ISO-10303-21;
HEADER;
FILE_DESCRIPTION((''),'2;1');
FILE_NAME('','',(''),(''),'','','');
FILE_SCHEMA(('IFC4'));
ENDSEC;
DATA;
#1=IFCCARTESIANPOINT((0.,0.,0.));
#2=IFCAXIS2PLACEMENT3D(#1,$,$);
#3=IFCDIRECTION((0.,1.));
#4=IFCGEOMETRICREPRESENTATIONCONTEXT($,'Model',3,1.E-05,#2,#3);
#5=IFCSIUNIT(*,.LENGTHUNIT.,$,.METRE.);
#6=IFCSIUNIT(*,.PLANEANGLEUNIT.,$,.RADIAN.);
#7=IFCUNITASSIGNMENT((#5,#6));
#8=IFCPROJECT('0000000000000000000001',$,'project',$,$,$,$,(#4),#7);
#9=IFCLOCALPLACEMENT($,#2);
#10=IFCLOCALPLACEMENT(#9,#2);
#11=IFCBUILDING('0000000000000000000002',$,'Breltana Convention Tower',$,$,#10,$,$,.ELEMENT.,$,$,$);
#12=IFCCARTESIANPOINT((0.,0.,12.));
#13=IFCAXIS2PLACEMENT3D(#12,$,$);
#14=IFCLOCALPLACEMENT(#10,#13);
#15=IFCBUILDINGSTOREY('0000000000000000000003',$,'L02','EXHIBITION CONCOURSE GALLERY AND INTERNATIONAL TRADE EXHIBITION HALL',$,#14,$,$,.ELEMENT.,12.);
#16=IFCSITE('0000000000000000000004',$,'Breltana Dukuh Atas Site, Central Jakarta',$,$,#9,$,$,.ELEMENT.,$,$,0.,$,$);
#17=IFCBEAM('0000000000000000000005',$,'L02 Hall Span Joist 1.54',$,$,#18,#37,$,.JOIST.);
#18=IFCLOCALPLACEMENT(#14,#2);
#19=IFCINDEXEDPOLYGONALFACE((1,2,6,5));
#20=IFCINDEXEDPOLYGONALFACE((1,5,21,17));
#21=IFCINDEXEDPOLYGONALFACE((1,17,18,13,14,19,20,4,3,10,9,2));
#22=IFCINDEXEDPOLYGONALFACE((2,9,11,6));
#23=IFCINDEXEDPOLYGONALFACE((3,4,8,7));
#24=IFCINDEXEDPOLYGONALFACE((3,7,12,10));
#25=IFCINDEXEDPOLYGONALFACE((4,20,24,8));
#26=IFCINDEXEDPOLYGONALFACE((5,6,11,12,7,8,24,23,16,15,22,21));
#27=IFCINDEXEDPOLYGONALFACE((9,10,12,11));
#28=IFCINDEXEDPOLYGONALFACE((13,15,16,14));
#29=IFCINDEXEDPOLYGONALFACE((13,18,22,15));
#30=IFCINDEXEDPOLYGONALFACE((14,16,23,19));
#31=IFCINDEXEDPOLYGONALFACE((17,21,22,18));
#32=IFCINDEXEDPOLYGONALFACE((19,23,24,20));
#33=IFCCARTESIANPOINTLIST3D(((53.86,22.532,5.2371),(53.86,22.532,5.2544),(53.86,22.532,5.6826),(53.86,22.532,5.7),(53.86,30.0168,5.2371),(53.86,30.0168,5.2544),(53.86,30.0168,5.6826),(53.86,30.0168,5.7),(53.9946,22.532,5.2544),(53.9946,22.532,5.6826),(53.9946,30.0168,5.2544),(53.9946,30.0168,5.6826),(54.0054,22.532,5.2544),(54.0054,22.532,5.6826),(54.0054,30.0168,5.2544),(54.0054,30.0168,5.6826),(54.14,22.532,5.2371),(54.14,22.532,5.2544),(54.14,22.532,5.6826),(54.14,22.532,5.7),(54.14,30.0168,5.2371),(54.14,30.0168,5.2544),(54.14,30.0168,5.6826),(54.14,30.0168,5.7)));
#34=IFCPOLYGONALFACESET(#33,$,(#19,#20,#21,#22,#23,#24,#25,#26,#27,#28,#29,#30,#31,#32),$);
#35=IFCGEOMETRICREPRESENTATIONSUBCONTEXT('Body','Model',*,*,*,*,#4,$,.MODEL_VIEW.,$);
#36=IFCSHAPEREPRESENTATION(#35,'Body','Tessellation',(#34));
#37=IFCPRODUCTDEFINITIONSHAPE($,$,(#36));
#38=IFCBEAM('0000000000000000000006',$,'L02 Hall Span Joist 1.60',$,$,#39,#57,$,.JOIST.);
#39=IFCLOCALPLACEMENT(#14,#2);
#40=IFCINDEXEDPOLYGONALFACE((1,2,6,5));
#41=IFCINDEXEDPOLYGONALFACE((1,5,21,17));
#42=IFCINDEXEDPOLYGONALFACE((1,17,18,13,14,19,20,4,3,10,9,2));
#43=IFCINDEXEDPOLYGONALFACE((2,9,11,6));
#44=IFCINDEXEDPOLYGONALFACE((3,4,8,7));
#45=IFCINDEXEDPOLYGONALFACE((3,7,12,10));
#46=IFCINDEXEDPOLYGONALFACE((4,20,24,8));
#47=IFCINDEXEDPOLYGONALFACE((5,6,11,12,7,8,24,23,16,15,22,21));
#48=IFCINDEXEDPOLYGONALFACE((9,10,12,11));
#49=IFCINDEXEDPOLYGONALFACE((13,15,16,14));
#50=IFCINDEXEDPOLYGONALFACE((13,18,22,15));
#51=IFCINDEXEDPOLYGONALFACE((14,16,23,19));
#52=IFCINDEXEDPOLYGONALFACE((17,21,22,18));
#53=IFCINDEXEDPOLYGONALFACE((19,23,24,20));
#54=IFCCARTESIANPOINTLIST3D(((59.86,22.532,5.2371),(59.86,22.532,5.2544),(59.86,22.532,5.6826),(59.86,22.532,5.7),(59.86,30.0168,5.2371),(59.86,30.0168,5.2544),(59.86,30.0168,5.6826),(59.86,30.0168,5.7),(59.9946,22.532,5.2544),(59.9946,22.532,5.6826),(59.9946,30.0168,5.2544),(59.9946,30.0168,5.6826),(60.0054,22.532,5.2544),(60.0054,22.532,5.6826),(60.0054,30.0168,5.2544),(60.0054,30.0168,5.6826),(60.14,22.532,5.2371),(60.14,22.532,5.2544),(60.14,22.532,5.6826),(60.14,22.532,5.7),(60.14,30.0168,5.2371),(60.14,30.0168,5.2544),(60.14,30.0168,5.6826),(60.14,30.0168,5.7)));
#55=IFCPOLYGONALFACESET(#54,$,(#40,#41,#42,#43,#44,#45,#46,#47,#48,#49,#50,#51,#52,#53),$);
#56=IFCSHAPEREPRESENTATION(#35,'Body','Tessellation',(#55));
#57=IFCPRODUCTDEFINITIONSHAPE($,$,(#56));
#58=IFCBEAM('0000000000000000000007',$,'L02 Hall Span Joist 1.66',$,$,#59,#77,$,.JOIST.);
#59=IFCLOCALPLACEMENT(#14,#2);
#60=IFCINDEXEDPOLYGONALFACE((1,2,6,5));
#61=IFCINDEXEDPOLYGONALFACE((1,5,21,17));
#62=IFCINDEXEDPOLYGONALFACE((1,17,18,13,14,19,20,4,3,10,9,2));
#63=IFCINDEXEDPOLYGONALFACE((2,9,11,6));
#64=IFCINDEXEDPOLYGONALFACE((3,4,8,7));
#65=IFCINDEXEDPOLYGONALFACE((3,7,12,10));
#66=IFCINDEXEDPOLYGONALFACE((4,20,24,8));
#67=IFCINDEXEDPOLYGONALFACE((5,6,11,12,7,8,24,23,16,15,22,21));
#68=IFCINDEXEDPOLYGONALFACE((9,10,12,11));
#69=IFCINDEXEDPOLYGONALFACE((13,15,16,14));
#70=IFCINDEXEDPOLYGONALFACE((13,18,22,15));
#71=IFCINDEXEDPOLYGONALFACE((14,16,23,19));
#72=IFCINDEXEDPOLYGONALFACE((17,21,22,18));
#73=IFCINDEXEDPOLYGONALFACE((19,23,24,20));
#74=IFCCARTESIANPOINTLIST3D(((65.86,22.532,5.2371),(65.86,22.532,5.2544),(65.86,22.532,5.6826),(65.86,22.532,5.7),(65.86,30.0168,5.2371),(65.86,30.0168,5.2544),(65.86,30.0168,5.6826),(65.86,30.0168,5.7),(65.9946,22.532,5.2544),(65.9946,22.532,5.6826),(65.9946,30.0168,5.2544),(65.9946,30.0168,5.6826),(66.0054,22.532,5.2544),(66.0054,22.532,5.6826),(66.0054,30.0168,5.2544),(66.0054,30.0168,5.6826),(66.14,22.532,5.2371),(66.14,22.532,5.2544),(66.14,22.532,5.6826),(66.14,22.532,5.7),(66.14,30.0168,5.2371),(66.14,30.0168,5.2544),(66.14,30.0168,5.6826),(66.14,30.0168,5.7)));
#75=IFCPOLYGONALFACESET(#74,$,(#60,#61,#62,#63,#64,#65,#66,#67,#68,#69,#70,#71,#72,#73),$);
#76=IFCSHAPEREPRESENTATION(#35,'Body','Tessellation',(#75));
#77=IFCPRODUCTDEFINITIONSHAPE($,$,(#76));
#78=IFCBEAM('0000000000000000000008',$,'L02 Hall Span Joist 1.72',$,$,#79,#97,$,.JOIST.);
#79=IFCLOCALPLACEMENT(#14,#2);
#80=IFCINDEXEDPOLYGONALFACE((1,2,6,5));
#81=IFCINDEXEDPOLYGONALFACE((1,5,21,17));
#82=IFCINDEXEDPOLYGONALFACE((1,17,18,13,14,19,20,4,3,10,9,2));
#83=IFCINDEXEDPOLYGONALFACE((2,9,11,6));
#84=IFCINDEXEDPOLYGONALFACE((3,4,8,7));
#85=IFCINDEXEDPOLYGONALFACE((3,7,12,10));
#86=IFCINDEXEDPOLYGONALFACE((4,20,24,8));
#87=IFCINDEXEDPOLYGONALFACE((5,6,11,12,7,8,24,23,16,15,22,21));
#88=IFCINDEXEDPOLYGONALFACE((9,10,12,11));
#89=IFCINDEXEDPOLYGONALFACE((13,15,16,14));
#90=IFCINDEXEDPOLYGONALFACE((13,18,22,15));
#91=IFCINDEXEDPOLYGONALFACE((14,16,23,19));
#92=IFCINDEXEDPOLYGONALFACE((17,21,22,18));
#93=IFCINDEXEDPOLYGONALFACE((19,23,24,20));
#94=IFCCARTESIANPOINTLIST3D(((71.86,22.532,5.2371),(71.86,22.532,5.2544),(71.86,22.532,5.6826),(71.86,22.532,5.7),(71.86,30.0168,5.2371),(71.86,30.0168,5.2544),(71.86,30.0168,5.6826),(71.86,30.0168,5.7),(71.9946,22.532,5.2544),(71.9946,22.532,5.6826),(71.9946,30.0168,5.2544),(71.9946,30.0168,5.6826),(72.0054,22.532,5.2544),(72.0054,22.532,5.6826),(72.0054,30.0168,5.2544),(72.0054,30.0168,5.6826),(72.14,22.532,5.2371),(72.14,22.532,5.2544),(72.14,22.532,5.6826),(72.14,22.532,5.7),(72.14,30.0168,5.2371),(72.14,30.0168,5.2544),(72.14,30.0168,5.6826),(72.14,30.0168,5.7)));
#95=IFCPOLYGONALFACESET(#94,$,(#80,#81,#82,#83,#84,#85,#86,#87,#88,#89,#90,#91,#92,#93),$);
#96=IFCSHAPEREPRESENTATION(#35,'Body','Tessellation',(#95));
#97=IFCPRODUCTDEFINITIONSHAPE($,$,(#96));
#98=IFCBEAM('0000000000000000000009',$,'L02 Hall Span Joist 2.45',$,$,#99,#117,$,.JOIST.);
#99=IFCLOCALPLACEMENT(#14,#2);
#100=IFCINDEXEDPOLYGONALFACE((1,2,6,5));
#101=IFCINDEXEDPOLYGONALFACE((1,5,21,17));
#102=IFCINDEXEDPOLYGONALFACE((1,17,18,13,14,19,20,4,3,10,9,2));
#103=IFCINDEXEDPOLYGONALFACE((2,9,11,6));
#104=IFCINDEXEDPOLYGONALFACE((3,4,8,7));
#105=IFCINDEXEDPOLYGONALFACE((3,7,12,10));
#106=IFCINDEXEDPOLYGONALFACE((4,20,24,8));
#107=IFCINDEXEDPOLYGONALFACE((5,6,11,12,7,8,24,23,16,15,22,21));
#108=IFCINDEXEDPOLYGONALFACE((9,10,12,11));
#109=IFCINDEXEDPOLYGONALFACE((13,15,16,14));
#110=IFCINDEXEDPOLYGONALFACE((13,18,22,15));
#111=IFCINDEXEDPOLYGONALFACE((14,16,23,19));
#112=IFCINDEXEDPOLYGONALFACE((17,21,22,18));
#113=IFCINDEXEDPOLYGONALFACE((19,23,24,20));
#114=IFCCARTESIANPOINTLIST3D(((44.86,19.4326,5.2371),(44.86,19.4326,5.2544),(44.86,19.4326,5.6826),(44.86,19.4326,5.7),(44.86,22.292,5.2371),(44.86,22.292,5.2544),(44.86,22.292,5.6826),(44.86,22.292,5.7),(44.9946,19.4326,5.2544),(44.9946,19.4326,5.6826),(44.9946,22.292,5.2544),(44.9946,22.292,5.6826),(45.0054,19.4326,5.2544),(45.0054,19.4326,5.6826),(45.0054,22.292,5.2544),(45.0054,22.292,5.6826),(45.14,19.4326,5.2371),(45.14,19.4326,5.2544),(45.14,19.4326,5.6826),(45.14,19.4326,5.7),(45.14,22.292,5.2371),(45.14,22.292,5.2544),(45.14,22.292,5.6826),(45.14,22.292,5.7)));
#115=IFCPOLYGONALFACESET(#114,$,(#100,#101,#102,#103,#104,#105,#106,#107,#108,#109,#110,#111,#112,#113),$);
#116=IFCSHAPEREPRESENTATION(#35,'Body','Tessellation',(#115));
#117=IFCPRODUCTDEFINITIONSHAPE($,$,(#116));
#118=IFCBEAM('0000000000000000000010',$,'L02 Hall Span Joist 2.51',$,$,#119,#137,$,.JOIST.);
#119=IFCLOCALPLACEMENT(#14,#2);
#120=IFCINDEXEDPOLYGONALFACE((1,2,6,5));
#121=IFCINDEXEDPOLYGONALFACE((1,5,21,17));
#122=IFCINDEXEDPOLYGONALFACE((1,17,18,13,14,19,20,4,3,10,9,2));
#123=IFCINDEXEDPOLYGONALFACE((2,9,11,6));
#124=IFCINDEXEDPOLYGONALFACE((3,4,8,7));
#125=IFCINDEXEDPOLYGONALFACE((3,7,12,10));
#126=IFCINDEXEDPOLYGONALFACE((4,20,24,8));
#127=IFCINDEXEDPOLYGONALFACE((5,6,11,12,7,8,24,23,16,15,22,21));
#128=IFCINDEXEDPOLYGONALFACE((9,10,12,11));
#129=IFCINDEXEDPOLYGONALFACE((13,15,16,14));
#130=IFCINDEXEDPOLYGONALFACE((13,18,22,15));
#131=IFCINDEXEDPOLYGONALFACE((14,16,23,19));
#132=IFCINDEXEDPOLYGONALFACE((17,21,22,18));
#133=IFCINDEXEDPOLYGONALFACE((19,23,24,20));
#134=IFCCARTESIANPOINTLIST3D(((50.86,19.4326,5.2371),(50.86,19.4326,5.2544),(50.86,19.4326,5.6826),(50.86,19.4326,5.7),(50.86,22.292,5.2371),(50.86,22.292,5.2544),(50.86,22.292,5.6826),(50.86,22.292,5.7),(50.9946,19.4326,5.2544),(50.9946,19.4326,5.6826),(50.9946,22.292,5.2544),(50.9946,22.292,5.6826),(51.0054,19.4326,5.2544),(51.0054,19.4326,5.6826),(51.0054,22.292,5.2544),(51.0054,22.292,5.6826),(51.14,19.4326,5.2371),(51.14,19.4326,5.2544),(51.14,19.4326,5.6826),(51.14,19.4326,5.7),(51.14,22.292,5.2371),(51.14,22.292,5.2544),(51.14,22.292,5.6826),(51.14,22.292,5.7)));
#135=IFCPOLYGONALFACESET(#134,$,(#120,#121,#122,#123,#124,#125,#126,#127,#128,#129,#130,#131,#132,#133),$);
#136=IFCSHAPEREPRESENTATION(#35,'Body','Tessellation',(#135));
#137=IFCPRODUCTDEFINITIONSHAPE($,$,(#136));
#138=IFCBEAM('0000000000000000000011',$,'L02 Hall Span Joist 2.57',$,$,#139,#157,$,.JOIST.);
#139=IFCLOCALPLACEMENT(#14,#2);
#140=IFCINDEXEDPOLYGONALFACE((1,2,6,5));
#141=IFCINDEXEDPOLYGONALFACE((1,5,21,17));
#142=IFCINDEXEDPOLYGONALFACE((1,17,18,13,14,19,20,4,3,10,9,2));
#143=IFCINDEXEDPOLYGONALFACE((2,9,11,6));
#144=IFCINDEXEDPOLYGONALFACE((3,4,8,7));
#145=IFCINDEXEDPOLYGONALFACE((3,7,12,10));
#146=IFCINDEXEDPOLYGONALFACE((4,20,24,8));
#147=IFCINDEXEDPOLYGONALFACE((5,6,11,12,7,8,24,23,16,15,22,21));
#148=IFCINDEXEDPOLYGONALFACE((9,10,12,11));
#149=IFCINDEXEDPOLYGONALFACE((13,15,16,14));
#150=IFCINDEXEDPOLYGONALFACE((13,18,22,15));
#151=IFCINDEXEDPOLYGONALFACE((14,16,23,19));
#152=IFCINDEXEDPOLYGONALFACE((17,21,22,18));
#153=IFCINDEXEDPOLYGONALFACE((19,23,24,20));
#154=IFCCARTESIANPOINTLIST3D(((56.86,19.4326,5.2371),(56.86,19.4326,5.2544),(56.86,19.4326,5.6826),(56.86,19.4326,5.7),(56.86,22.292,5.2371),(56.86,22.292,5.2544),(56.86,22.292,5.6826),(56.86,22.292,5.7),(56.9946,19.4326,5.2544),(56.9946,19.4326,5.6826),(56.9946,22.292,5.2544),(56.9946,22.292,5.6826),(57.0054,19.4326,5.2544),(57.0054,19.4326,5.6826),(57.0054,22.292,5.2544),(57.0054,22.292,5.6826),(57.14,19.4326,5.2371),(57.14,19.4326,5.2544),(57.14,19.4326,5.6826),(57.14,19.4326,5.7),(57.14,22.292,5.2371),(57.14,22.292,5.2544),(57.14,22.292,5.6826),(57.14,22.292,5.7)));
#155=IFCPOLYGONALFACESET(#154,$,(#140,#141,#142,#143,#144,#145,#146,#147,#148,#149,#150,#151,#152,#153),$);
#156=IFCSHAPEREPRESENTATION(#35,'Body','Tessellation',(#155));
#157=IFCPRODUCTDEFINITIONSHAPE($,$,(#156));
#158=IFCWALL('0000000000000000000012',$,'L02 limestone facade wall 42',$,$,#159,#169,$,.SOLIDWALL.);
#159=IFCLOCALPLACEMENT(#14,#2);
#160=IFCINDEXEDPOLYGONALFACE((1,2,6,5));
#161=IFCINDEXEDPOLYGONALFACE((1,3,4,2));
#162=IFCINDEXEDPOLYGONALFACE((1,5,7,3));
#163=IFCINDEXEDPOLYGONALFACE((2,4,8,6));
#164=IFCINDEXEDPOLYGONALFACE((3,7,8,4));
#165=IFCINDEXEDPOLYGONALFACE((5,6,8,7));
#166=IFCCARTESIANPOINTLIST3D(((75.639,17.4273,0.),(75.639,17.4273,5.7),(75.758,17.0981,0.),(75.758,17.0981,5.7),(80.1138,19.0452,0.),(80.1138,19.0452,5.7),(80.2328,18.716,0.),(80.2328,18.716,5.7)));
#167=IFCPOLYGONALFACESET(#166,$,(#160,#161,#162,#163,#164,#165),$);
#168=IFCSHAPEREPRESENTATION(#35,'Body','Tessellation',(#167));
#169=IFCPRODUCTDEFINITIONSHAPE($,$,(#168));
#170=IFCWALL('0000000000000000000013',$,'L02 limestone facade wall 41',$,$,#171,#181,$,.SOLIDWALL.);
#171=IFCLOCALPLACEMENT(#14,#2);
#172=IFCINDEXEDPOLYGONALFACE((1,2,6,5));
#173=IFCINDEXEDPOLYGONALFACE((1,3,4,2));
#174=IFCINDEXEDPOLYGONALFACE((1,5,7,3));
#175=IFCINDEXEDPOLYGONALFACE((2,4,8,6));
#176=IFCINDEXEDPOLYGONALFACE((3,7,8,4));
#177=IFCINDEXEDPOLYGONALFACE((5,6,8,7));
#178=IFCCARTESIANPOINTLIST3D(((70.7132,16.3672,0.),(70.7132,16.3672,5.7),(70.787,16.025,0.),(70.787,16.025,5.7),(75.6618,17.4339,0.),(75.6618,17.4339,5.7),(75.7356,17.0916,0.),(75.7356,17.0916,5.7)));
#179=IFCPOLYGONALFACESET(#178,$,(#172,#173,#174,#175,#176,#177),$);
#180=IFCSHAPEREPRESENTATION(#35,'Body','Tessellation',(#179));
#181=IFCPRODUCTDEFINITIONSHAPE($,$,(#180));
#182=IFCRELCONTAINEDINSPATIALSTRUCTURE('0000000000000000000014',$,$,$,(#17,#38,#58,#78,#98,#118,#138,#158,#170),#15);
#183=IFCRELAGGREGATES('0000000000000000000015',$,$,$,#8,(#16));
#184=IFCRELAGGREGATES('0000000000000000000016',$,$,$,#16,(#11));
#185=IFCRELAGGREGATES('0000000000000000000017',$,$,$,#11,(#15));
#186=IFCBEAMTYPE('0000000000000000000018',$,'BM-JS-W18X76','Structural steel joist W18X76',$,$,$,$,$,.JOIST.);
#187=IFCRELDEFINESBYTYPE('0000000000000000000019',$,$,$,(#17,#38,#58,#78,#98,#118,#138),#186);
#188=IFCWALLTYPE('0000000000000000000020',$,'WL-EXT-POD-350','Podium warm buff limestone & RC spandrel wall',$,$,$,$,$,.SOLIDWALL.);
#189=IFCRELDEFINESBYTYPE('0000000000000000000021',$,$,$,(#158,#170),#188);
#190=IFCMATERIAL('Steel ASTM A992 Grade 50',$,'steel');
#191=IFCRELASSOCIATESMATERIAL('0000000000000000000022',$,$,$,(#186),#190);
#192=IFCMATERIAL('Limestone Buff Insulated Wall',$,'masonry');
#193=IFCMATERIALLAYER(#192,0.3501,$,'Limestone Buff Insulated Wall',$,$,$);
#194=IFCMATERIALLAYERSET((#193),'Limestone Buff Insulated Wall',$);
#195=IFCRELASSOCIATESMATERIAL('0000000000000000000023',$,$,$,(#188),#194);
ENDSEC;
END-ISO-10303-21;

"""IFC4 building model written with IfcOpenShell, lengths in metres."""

from ifc_helpers import new_model, si_unit, direction, frame, frame_2d, origin, origin_2d, place, context, subcontext, project, spatial, rectangle, i_section, extrude, source, transform, mapped, material, layer, layer_set, material_profile, profile_set, type_object, type_shapes, element, save


model = new_model("IFC4")

# Units and contexts
model_context = context("Model", 3, precision=1e-05, world=origin(), true_north=direction((0.0, 1.0)))
body_context = subcontext(model_context, "Body", "Model", "MODEL_VIEW")
ifc_project = project(units=[si_unit("LENGTHUNIT", "METRE"), si_unit("PLANEANGLEUNIT", "RADIAN")], contexts=[model_context])

# Site, building, storey
site_placement = place(None, origin())
site = spatial("IfcSite", under=ifc_project, at=site_placement, Name="Breltana Dukuh Atas Site, Central Jakarta", CompositionType="ELEMENT", RefElevation=0.0)
building_placement = place(site_placement, origin())
building = spatial("IfcBuilding", under=site, at=building_placement, Name="Breltana Convention Tower", CompositionType="ELEMENT")
storey_placement = place(building_placement, frame((0.0, 0.0, 12.0)))
storey = spatial("IfcBuildingStorey", under=building, at=storey_placement, Name="L02", Description="EXHIBITION CONCOURSE GALLERY AND INTERNATIONAL TRADE EXHIBITION HALL", CompositionType="ELEMENT", Elevation=12.0)

# Beams
ifc_material_1 = material(Name="Steel ASTM A992 Grade 50", Category="steel")
ifc_material_profile_1 = material_profile(ifc_material_1, i_section(OverallWidth=0.28, OverallDepth=0.4629, WebThickness=0.0107, FlangeThickness=0.0173, at=origin_2d()), Name="W18X76")
ifc_profile_set_1 = profile_set([ifc_material_profile_1], Name="Steel ASTM A992 Grade 50")
beam_type_1 = type_object("IfcBeamType", Name="BM-JS-W18X76", Description="Structural steel joist W18X76", PredefinedType="JOIST", material=ifc_profile_set_1)
shared_shape_1 = source(origin(), body_context, "Body", "SweptSolid", [
    extrude(i_section(OverallWidth=0.28, OverallDepth=0.4629, WebThickness=0.0107, FlangeThickness=0.0173, at=origin_2d()), origin(), (0.0, 0.0, 1.0), 7.4849),
])
type_shapes(beam_type_1, [shared_shape_1])
for number, where, z_axis, x_axis, name in (
    (1, (54.0, 22.532, 5.4685), (0.0, 1.0, 0.0), (-1.0, 0.0, 0.0), "L02 Hall Span Joist 1.54"),
    (2, (60.0, 22.532, 5.4685), (0.0, 1.0, 0.0), (-1.0, 0.0, 0.0), "L02 Hall Span Joist 1.60"),
    (3, (66.0, 22.532, 5.4685), (0.0, 1.0, 0.0), (-1.0, 0.0, 0.0), "L02 Hall Span Joist 1.66"),
    (4, (72.0, 22.532, 5.4685), (0.0, 1.0, 0.0), (-1.0, 0.0, 0.0), "L02 Hall Span Joist 1.72"),
):
    element("IfcBeam", number, at=place(storey_placement, frame(where, z_axis=z_axis, x_axis=x_axis)), inside=storey, type_object=beam_type_1, Name=name, PredefinedType="JOIST", context=body_context, shape_type="MappedRepresentation", body=[
        mapped(shared_shape_1, transform((0.0, 0.0, 0.0), scale=1.0)),
    ])
shared_shape_2 = source(origin(), body_context, "Body", "SweptSolid", [
    extrude(i_section(OverallWidth=0.28, OverallDepth=0.4629, WebThickness=0.0107, FlangeThickness=0.0173, at=origin_2d()), origin(), (0.0, 0.0, 1.0), 2.8594),
])
for number, where, z_axis, x_axis, name in (
    (5, (45.0, 19.4326, 5.4685), (0.0, 1.0, 0.0), (-1.0, 0.0, 0.0), "L02 Hall Span Joist 2.45"),
    (6, (51.0, 19.4326, 5.4685), (0.0, 1.0, 0.0), (-1.0, 0.0, 0.0), "L02 Hall Span Joist 2.51"),
    (7, (57.0, 19.4326, 5.4685), (0.0, 1.0, 0.0), (-1.0, 0.0, 0.0), "L02 Hall Span Joist 2.57"),
):
    element("IfcBeam", number, at=place(storey_placement, frame(where, z_axis=z_axis, x_axis=x_axis)), inside=storey, type_object=beam_type_1, Name=name, PredefinedType="JOIST", context=body_context, shape_type="MappedRepresentation", body=[
        mapped(shared_shape_2, transform((0.0, 0.0, 0.0), scale=1.0)),
    ])

# Walls
ifc_material_2 = material(Name="Limestone Buff Insulated Wall", Category="masonry")
ifc_layer_1 = layer(ifc_material_2, 0.3501, Name="Limestone Buff Insulated Wall")
ifc_layer_set_1 = layer_set([ifc_layer_1], Name="Limestone Buff Insulated Wall")
wall_type_1 = type_object("IfcWallType", Name="WL-EXT-POD-350", Description="Podium warm buff limestone & RC spandrel wall", PredefinedType="SOLIDWALL", material=ifc_layer_set_1)
shared_shape_3 = source(origin(), body_context, "Body", "SweptSolid", [
    extrude(rectangle(XDim=4.7583, YDim=0.3501, at=frame_2d((2.3792, 0.0))), origin(), (0.0, 0.0, 1.0), 5.7),
])
wall_1_placement = place(storey_placement, frame((75.6985, 17.2627, 0.0), z_axis=(0.0, 0.0, 1.0), x_axis=(0.94042, 0.340016, 0.0)))
element("IfcWall", 8, at=wall_1_placement, inside=storey, type_object=wall_type_1, Name="L02 limestone facade wall 42", PredefinedType="SOLIDWALL", context=body_context, shape_type="MappedRepresentation", body=[
    mapped(shared_shape_3, transform((0.0, 0.0, 0.0), scale=1.0)),
])
shared_shape_4 = source(origin(), body_context, "Body", "SweptSolid", [
    extrude(rectangle(XDim=5.0623, YDim=0.3501, at=frame_2d((2.5312, 0.0))), origin(), (0.0, 0.0, 1.0), 5.7),
])
wall_2_placement = place(storey_placement, frame((70.75, 16.196, 0.0), z_axis=(0.0, 0.0, 1.0), x_axis=(0.977548, 0.210711, 0.0)))
element("IfcWall", 9, at=wall_2_placement, inside=storey, type_object=wall_type_1, Name="L02 limestone facade wall 41", PredefinedType="SOLIDWALL", context=body_context, shape_type="MappedRepresentation", body=[
    mapped(shared_shape_4, transform((0.0, 0.0, 0.0), scale=1.0)),
])

save(model, "model.ifc")
